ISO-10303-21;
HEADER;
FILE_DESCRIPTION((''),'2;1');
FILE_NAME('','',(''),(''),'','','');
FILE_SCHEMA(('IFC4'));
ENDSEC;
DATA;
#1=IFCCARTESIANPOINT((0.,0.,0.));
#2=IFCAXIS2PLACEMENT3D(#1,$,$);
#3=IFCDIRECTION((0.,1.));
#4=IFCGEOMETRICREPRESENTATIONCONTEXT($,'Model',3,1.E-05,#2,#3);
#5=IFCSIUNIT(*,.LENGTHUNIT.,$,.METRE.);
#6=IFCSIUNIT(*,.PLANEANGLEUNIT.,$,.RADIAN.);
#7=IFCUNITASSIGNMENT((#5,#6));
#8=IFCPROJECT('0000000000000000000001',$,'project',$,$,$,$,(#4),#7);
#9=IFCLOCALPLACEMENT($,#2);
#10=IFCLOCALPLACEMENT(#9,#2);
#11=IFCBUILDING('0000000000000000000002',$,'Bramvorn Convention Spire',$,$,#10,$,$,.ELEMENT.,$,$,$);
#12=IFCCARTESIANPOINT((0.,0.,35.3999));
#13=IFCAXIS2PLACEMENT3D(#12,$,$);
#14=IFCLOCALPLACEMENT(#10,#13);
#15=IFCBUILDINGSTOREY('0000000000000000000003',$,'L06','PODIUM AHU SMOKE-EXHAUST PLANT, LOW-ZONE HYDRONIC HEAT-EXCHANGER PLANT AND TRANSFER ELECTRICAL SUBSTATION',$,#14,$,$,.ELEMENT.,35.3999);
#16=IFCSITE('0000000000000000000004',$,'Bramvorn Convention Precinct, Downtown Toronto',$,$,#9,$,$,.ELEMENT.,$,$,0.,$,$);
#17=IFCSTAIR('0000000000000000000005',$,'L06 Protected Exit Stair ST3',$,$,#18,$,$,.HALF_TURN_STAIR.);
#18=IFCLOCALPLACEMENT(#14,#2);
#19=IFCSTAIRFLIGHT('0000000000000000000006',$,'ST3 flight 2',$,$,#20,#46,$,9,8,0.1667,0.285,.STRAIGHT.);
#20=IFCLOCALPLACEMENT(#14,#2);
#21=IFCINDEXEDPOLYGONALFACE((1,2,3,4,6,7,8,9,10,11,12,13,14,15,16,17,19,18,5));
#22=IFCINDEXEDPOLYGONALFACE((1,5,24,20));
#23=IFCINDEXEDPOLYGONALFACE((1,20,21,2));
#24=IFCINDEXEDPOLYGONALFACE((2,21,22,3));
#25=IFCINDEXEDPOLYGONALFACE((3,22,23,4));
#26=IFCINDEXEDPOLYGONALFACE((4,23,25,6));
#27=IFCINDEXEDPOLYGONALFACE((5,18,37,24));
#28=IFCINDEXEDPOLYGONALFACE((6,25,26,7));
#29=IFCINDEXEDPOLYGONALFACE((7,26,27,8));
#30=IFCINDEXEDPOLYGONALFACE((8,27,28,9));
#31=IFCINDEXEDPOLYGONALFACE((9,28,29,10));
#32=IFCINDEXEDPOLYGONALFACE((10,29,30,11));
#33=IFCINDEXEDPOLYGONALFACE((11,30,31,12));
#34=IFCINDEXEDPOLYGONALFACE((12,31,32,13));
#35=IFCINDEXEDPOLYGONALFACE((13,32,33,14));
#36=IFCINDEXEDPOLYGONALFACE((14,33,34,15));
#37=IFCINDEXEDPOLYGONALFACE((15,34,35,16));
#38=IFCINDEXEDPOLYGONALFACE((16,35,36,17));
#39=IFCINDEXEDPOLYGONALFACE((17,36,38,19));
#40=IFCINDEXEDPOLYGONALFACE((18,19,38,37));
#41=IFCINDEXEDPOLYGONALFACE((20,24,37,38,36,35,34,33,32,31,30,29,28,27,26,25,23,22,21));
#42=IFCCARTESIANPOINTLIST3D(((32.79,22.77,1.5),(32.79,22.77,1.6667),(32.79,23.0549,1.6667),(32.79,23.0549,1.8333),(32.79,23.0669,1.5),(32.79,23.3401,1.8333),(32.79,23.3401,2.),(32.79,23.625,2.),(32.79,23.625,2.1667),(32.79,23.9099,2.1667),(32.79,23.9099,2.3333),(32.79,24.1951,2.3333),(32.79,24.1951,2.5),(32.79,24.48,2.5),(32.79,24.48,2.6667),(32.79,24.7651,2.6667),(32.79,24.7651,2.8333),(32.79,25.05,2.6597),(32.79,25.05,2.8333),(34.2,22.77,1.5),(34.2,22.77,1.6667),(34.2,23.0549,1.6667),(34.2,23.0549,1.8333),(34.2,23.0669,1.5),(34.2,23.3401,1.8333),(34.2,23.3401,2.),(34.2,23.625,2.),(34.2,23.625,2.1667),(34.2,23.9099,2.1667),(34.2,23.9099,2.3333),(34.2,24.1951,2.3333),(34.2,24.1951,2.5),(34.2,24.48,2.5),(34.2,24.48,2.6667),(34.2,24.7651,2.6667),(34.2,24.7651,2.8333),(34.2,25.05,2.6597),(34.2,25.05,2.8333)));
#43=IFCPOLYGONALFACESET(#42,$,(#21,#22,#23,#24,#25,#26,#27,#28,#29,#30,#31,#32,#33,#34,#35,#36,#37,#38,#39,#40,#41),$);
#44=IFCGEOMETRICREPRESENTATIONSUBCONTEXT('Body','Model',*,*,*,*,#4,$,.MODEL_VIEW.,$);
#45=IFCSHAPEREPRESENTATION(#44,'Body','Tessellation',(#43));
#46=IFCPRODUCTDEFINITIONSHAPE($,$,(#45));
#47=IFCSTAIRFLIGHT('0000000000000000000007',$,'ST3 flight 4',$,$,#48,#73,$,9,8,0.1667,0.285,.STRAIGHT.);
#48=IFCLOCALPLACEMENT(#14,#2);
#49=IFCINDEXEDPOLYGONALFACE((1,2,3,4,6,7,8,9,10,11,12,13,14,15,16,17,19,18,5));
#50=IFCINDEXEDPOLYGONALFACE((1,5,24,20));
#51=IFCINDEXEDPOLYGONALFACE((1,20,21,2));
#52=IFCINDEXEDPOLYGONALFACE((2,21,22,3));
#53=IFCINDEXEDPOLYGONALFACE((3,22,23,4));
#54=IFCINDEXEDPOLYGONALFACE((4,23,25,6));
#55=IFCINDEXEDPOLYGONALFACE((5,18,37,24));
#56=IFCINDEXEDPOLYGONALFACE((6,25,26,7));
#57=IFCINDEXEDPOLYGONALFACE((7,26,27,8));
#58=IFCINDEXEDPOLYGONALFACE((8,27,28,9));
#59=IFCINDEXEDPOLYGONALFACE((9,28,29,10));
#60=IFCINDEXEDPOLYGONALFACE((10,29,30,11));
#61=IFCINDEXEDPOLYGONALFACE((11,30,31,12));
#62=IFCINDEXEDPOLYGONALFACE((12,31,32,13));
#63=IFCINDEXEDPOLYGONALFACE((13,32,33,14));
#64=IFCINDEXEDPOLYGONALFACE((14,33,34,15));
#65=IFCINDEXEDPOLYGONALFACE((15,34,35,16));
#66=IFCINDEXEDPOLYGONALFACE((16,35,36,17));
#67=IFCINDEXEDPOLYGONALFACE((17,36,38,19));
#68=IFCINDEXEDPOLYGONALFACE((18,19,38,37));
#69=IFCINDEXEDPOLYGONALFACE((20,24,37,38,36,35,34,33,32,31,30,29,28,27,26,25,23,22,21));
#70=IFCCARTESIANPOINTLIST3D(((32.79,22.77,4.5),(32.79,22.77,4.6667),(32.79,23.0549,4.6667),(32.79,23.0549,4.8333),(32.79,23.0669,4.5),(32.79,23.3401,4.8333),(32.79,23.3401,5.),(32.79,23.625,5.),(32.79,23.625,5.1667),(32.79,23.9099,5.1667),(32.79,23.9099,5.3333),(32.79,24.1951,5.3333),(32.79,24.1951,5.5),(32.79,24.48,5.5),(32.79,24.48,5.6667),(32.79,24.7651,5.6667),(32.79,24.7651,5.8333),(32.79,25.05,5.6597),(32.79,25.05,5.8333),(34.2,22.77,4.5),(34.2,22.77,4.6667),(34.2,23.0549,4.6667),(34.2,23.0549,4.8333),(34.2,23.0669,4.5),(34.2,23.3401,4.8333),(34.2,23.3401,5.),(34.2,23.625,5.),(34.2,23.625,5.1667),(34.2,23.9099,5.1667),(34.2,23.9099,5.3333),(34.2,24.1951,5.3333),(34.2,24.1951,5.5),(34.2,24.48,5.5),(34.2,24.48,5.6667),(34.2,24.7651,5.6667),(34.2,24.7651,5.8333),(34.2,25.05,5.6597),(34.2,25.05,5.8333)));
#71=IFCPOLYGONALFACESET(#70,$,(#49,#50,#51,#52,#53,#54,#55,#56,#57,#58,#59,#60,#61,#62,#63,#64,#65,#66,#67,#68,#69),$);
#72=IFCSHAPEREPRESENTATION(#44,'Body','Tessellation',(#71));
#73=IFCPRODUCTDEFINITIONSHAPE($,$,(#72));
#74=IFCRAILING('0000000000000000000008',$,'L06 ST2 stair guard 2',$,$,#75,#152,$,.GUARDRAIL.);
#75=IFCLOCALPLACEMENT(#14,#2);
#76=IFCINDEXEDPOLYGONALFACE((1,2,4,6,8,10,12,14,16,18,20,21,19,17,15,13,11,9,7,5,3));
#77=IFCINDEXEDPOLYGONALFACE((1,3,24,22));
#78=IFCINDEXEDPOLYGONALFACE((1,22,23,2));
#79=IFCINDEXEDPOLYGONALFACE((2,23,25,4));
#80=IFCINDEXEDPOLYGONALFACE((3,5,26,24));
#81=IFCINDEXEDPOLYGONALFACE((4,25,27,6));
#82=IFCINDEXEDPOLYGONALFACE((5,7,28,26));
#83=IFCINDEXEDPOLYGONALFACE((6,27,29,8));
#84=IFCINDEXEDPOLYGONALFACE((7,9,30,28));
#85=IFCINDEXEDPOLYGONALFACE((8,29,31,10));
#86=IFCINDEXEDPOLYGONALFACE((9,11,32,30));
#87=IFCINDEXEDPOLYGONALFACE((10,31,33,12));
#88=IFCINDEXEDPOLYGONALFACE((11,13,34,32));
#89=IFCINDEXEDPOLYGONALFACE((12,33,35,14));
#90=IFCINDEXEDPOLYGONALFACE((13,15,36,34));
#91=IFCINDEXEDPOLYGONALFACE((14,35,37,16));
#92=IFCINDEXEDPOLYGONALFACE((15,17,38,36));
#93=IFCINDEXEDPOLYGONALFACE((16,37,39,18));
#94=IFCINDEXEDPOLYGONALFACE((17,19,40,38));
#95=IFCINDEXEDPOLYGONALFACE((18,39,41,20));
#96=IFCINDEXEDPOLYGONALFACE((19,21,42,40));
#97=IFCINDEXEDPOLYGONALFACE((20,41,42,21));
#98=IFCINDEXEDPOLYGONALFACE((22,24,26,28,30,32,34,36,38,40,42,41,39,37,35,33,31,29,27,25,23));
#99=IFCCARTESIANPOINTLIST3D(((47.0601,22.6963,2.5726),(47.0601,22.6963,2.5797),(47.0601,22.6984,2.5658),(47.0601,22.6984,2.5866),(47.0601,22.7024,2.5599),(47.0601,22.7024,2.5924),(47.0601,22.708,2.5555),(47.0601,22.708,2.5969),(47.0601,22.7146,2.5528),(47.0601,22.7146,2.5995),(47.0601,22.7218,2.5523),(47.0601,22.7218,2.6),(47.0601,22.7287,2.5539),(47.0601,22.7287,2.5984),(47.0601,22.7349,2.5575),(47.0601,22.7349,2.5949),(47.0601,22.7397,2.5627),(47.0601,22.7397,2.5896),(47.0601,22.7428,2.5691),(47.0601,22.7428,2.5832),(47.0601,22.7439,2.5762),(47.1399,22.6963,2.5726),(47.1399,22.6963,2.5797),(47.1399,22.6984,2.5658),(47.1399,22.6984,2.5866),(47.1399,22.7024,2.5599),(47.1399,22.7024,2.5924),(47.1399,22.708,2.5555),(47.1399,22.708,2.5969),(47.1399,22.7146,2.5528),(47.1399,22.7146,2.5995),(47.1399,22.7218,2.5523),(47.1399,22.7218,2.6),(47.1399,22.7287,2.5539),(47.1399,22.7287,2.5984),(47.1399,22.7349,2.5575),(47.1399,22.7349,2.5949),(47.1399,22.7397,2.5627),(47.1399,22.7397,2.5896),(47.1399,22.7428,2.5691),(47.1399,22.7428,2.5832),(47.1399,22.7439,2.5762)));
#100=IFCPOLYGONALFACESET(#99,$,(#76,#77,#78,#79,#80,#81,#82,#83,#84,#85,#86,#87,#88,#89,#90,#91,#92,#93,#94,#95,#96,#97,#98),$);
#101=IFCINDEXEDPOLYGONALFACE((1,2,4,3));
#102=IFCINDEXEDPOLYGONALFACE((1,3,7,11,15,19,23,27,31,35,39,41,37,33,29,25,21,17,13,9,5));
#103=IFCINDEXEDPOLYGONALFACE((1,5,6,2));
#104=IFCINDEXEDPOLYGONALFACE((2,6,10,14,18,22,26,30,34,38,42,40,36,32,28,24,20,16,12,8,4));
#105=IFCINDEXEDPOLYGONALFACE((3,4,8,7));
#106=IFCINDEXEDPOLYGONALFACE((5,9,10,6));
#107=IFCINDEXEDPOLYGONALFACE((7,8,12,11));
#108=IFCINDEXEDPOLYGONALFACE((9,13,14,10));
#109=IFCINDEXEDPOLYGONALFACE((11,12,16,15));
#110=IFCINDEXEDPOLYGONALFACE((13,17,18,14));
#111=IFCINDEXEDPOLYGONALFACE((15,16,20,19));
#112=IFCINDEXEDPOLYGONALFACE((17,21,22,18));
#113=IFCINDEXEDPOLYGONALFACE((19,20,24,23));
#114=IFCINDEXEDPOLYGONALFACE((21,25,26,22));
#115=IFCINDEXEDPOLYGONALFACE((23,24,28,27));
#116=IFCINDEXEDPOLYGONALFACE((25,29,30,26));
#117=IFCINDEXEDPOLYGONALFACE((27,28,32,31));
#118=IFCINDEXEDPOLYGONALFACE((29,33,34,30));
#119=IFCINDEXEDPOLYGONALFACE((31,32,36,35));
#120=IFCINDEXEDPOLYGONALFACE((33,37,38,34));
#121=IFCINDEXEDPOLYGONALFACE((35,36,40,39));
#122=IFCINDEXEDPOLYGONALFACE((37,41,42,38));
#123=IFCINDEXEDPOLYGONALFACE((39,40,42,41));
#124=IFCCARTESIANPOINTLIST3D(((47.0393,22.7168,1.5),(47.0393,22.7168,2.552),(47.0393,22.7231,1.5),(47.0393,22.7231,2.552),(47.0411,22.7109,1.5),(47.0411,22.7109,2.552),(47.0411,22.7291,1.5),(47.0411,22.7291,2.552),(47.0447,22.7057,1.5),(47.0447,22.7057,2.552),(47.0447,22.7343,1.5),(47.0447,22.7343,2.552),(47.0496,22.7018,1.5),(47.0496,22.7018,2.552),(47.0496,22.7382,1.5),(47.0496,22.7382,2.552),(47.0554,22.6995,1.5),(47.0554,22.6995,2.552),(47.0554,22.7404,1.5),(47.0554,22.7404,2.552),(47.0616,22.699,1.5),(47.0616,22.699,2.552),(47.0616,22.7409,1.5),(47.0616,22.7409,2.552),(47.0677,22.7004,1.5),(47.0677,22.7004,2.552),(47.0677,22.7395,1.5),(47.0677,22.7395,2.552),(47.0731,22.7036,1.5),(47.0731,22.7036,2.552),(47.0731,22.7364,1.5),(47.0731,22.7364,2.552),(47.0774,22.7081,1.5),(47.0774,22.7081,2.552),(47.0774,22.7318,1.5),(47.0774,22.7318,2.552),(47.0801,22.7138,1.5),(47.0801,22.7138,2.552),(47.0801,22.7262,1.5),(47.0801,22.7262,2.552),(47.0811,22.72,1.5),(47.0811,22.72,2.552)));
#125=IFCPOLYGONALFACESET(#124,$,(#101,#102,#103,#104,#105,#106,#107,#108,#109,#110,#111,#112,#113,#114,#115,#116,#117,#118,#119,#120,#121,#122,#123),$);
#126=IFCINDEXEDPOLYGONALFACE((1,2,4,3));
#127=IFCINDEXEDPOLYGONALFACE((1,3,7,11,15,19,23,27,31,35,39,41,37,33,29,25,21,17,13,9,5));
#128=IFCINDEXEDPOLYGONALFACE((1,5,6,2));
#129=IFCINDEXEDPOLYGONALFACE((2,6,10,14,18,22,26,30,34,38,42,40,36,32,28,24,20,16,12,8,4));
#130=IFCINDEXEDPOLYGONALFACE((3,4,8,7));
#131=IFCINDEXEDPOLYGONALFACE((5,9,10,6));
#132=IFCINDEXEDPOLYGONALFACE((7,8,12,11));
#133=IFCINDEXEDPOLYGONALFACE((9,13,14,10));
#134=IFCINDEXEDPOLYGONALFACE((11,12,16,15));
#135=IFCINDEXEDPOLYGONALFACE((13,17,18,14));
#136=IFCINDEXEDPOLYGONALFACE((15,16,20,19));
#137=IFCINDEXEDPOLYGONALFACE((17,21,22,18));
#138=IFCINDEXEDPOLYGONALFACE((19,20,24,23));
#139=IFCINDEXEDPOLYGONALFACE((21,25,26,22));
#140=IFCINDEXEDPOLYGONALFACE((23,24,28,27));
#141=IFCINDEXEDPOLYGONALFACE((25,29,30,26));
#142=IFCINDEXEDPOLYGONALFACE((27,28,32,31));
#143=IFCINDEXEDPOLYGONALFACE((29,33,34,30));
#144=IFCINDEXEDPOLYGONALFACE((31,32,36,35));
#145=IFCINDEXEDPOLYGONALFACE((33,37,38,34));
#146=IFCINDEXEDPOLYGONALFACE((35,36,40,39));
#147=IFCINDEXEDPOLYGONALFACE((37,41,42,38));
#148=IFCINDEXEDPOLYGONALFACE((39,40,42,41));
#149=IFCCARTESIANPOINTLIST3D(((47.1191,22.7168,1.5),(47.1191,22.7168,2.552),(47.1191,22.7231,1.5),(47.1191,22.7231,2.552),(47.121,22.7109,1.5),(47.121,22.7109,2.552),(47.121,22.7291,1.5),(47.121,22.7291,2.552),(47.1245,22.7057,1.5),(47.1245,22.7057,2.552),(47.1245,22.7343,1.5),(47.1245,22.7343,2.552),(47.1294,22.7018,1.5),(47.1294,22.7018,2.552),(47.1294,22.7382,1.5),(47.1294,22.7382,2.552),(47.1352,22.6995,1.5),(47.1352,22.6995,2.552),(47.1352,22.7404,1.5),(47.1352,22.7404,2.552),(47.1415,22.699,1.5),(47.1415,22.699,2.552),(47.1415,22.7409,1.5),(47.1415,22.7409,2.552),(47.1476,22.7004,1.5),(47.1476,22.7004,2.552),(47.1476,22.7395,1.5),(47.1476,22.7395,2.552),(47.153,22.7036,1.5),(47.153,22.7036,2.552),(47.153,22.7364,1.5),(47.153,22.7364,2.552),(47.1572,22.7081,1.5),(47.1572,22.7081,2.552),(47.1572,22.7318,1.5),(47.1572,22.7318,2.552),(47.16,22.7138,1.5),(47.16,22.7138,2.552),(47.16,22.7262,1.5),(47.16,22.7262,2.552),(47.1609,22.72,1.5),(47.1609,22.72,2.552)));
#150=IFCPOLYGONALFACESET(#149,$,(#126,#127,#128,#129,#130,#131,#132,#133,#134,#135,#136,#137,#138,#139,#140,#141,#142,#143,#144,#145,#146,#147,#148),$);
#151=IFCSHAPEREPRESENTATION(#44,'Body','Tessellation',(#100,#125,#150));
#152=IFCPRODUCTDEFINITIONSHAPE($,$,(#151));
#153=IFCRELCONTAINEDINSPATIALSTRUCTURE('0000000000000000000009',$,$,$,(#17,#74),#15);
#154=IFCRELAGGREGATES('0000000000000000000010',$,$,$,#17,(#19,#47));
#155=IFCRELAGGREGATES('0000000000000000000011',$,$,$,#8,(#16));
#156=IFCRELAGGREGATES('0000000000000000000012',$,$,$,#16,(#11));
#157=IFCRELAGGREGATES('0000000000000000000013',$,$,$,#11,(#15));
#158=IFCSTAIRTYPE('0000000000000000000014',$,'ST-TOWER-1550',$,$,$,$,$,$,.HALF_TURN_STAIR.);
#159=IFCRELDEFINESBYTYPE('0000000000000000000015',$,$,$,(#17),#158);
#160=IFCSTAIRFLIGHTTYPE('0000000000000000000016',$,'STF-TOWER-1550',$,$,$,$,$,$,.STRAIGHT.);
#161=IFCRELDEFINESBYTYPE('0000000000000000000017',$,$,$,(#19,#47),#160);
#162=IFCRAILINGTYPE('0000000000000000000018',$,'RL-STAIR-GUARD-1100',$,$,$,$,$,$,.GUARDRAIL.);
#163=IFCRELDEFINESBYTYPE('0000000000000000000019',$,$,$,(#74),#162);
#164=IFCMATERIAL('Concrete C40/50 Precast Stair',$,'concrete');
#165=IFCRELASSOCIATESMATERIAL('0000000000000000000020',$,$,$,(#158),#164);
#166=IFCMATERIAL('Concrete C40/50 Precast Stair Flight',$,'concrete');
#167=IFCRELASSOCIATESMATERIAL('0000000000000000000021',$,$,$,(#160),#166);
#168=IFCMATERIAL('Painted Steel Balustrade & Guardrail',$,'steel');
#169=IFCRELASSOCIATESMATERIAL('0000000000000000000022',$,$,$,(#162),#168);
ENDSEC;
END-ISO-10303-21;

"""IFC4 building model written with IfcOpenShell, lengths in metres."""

from ifc_helpers import new_model, si_unit, direction, frame, origin, origin_2d, place, context, subcontext, project, spatial, polyline, circle, outline, extrude, material, type_object, element, aggregate, save


model = new_model("IFC4")

# Units and contexts
model_context = context("Model", 3, precision=1e-05, world=origin(), true_north=direction((0.0, 1.0)))
body_context = subcontext(model_context, "Body", "Model", "MODEL_VIEW")
ifc_project = project(units=[si_unit("LENGTHUNIT", "METRE"), si_unit("PLANEANGLEUNIT", "RADIAN")], contexts=[model_context])

# Site, building, storey
site_placement = place(None, origin())
site = spatial("IfcSite", under=ifc_project, at=site_placement, Name="Bramvorn Convention Precinct, Downtown Toronto", CompositionType="ELEMENT", RefElevation=0.0)
building_placement = place(site_placement, origin())
building = spatial("IfcBuilding", under=site, at=building_placement, Name="Bramvorn Convention Spire", CompositionType="ELEMENT")
storey_placement = place(building_placement, frame((0.0, 0.0, 35.3999)))
storey = spatial("IfcBuildingStorey", under=building, at=storey_placement, Name="L06", Description="PODIUM AHU SMOKE-EXHAUST PLANT, LOW-ZONE HYDRONIC HEAT-EXCHANGER PLANT AND TRANSFER ELECTRICAL SUBSTATION", CompositionType="ELEMENT", Elevation=35.3999)

# Stair, stair flights
ifc_material_1 = material(Name="Concrete C40/50 Precast Stair", Category="concrete")
stair_type = type_object("IfcStairType", Name="ST-TOWER-1550", PredefinedType="HALF_TURN_STAIR", material=ifc_material_1)
ifc_material_2 = material(Name="Concrete C40/50 Precast Stair Flight", Category="concrete")
stair_flight_type = type_object("IfcStairFlightType", Name="STF-TOWER-1550", PredefinedType="STRAIGHT", material=ifc_material_2)
stair_1_placement = place(storey_placement, origin())
stair_1 = element("IfcStair", 1, at=stair_1_placement, inside=storey, type_object=stair_type, Name="L06 Protected Exit Stair ST3", PredefinedType="HALF_TURN_STAIR")
stair_flight_1_placement = place(storey_placement, frame((33.4951, 22.77, 1.5), z_axis=(0.0, 0.0, 1.0), x_axis=(0.0, 1.0, 0.0)))
stair_flight_1 = element("IfcStairFlight", 2, at=stair_flight_1_placement, type_object=stair_flight_type, Name="ST3 flight 2", NumberOfRisers=9, NumberOfTreads=8, PredefinedType="STRAIGHT", RiserHeight=0.1667, TreadLength=0.285, context=body_context, shape_type="SweptSolid", body=[
    extrude(outline(polyline([(0.0, 0.0), (0.0, 0.1667), (0.2849, 0.1667), (0.2849, 0.3333), (0.5701, 0.3333), (0.5701, 0.5), (0.855, 0.5), (0.855, 0.6667), (1.1399, 0.6667), (1.1399, 0.8333), (1.425, 0.8333), (1.425, 1.0), (1.71, 1.0), (1.71, 1.1667), (1.9951, 1.1667), (1.9951, 1.3333), (2.28, 1.3333), (2.28, 1.5), (2.28, 1.1597), (0.2969, 0.0), (0.0, 0.0)])), frame((0.0, 0.7051, 0.0), z_axis=(0.0, -1.0, 0.0), x_axis=(1.0, 0.0, 0.0)), (0.0, 0.0, 1.0), 1.4099),
])
stair_flight_2_placement = place(storey_placement, frame((33.4951, 22.77, 4.5), z_axis=(0.0, 0.0, 1.0), x_axis=(0.0, 1.0, 0.0)))
stair_flight_2 = element("IfcStairFlight", 3, at=stair_flight_2_placement, type_object=stair_flight_type, Name="ST3 flight 4", NumberOfRisers=9, NumberOfTreads=8, PredefinedType="STRAIGHT", RiserHeight=0.1667, TreadLength=0.285, context=body_context, shape_type="SweptSolid", body=[
    extrude(outline(polyline([(0.0, 0.0), (0.0, 0.1667), (0.2849, 0.1667), (0.2849, 0.3333), (0.5701, 0.3333), (0.5701, 0.5), (0.855, 0.5), (0.855, 0.6667), (1.1399, 0.6667), (1.1399, 0.8333), (1.425, 0.8333), (1.425, 1.0), (1.71, 1.0), (1.71, 1.1667), (1.9951, 1.1667), (1.9951, 1.3333), (2.28, 1.3333), (2.28, 1.5), (2.28, 1.1597), (0.2969, 0.0), (0.0, 0.0)])), frame((0.0, 0.7051, 0.0), z_axis=(0.0, -1.0, 0.0), x_axis=(1.0, 0.0, 0.0)), (0.0, 0.0, 1.0), 1.4099),
])
aggregate(stair_1, [stair_flight_1, stair_flight_2])

# Railing
ifc_material_3 = material(Name="Painted Steel Balustrade & Guardrail", Category="steel")
railing_type_1 = type_object("IfcRailingType", Name="RL-STAIR-GUARD-1100", PredefinedType="GUARDRAIL", material=ifc_material_3)
railing_1_placement = place(storey_placement, frame((47.0601, 22.72, 1.5)))
element("IfcRailing", 4, at=railing_1_placement, inside=storey, type_object=railing_type_1, Name="L06 ST2 stair guard 2", PredefinedType="GUARDRAIL", context=body_context, shape_type="SweptSolid", body=[
    extrude(circle(Radius=0.0239, at=origin_2d()), frame((0.0, 0.0, 1.0762), z_axis=(1.0, 0.0, 0.0), x_axis=(0.0, 1.0, 0.0)), (0.0, 0.0, 1.0), 0.0798),
    extrude(circle(Radius=0.021, at=origin_2d()), origin(), (0.0, 0.0, 1.0), 1.052),
    extrude(circle(Radius=0.021, at=origin_2d()), frame((0.0798, 0.0, 0.0)), (0.0, 0.0, 1.0), 1.052),
])

save(model, "model.ifc")
